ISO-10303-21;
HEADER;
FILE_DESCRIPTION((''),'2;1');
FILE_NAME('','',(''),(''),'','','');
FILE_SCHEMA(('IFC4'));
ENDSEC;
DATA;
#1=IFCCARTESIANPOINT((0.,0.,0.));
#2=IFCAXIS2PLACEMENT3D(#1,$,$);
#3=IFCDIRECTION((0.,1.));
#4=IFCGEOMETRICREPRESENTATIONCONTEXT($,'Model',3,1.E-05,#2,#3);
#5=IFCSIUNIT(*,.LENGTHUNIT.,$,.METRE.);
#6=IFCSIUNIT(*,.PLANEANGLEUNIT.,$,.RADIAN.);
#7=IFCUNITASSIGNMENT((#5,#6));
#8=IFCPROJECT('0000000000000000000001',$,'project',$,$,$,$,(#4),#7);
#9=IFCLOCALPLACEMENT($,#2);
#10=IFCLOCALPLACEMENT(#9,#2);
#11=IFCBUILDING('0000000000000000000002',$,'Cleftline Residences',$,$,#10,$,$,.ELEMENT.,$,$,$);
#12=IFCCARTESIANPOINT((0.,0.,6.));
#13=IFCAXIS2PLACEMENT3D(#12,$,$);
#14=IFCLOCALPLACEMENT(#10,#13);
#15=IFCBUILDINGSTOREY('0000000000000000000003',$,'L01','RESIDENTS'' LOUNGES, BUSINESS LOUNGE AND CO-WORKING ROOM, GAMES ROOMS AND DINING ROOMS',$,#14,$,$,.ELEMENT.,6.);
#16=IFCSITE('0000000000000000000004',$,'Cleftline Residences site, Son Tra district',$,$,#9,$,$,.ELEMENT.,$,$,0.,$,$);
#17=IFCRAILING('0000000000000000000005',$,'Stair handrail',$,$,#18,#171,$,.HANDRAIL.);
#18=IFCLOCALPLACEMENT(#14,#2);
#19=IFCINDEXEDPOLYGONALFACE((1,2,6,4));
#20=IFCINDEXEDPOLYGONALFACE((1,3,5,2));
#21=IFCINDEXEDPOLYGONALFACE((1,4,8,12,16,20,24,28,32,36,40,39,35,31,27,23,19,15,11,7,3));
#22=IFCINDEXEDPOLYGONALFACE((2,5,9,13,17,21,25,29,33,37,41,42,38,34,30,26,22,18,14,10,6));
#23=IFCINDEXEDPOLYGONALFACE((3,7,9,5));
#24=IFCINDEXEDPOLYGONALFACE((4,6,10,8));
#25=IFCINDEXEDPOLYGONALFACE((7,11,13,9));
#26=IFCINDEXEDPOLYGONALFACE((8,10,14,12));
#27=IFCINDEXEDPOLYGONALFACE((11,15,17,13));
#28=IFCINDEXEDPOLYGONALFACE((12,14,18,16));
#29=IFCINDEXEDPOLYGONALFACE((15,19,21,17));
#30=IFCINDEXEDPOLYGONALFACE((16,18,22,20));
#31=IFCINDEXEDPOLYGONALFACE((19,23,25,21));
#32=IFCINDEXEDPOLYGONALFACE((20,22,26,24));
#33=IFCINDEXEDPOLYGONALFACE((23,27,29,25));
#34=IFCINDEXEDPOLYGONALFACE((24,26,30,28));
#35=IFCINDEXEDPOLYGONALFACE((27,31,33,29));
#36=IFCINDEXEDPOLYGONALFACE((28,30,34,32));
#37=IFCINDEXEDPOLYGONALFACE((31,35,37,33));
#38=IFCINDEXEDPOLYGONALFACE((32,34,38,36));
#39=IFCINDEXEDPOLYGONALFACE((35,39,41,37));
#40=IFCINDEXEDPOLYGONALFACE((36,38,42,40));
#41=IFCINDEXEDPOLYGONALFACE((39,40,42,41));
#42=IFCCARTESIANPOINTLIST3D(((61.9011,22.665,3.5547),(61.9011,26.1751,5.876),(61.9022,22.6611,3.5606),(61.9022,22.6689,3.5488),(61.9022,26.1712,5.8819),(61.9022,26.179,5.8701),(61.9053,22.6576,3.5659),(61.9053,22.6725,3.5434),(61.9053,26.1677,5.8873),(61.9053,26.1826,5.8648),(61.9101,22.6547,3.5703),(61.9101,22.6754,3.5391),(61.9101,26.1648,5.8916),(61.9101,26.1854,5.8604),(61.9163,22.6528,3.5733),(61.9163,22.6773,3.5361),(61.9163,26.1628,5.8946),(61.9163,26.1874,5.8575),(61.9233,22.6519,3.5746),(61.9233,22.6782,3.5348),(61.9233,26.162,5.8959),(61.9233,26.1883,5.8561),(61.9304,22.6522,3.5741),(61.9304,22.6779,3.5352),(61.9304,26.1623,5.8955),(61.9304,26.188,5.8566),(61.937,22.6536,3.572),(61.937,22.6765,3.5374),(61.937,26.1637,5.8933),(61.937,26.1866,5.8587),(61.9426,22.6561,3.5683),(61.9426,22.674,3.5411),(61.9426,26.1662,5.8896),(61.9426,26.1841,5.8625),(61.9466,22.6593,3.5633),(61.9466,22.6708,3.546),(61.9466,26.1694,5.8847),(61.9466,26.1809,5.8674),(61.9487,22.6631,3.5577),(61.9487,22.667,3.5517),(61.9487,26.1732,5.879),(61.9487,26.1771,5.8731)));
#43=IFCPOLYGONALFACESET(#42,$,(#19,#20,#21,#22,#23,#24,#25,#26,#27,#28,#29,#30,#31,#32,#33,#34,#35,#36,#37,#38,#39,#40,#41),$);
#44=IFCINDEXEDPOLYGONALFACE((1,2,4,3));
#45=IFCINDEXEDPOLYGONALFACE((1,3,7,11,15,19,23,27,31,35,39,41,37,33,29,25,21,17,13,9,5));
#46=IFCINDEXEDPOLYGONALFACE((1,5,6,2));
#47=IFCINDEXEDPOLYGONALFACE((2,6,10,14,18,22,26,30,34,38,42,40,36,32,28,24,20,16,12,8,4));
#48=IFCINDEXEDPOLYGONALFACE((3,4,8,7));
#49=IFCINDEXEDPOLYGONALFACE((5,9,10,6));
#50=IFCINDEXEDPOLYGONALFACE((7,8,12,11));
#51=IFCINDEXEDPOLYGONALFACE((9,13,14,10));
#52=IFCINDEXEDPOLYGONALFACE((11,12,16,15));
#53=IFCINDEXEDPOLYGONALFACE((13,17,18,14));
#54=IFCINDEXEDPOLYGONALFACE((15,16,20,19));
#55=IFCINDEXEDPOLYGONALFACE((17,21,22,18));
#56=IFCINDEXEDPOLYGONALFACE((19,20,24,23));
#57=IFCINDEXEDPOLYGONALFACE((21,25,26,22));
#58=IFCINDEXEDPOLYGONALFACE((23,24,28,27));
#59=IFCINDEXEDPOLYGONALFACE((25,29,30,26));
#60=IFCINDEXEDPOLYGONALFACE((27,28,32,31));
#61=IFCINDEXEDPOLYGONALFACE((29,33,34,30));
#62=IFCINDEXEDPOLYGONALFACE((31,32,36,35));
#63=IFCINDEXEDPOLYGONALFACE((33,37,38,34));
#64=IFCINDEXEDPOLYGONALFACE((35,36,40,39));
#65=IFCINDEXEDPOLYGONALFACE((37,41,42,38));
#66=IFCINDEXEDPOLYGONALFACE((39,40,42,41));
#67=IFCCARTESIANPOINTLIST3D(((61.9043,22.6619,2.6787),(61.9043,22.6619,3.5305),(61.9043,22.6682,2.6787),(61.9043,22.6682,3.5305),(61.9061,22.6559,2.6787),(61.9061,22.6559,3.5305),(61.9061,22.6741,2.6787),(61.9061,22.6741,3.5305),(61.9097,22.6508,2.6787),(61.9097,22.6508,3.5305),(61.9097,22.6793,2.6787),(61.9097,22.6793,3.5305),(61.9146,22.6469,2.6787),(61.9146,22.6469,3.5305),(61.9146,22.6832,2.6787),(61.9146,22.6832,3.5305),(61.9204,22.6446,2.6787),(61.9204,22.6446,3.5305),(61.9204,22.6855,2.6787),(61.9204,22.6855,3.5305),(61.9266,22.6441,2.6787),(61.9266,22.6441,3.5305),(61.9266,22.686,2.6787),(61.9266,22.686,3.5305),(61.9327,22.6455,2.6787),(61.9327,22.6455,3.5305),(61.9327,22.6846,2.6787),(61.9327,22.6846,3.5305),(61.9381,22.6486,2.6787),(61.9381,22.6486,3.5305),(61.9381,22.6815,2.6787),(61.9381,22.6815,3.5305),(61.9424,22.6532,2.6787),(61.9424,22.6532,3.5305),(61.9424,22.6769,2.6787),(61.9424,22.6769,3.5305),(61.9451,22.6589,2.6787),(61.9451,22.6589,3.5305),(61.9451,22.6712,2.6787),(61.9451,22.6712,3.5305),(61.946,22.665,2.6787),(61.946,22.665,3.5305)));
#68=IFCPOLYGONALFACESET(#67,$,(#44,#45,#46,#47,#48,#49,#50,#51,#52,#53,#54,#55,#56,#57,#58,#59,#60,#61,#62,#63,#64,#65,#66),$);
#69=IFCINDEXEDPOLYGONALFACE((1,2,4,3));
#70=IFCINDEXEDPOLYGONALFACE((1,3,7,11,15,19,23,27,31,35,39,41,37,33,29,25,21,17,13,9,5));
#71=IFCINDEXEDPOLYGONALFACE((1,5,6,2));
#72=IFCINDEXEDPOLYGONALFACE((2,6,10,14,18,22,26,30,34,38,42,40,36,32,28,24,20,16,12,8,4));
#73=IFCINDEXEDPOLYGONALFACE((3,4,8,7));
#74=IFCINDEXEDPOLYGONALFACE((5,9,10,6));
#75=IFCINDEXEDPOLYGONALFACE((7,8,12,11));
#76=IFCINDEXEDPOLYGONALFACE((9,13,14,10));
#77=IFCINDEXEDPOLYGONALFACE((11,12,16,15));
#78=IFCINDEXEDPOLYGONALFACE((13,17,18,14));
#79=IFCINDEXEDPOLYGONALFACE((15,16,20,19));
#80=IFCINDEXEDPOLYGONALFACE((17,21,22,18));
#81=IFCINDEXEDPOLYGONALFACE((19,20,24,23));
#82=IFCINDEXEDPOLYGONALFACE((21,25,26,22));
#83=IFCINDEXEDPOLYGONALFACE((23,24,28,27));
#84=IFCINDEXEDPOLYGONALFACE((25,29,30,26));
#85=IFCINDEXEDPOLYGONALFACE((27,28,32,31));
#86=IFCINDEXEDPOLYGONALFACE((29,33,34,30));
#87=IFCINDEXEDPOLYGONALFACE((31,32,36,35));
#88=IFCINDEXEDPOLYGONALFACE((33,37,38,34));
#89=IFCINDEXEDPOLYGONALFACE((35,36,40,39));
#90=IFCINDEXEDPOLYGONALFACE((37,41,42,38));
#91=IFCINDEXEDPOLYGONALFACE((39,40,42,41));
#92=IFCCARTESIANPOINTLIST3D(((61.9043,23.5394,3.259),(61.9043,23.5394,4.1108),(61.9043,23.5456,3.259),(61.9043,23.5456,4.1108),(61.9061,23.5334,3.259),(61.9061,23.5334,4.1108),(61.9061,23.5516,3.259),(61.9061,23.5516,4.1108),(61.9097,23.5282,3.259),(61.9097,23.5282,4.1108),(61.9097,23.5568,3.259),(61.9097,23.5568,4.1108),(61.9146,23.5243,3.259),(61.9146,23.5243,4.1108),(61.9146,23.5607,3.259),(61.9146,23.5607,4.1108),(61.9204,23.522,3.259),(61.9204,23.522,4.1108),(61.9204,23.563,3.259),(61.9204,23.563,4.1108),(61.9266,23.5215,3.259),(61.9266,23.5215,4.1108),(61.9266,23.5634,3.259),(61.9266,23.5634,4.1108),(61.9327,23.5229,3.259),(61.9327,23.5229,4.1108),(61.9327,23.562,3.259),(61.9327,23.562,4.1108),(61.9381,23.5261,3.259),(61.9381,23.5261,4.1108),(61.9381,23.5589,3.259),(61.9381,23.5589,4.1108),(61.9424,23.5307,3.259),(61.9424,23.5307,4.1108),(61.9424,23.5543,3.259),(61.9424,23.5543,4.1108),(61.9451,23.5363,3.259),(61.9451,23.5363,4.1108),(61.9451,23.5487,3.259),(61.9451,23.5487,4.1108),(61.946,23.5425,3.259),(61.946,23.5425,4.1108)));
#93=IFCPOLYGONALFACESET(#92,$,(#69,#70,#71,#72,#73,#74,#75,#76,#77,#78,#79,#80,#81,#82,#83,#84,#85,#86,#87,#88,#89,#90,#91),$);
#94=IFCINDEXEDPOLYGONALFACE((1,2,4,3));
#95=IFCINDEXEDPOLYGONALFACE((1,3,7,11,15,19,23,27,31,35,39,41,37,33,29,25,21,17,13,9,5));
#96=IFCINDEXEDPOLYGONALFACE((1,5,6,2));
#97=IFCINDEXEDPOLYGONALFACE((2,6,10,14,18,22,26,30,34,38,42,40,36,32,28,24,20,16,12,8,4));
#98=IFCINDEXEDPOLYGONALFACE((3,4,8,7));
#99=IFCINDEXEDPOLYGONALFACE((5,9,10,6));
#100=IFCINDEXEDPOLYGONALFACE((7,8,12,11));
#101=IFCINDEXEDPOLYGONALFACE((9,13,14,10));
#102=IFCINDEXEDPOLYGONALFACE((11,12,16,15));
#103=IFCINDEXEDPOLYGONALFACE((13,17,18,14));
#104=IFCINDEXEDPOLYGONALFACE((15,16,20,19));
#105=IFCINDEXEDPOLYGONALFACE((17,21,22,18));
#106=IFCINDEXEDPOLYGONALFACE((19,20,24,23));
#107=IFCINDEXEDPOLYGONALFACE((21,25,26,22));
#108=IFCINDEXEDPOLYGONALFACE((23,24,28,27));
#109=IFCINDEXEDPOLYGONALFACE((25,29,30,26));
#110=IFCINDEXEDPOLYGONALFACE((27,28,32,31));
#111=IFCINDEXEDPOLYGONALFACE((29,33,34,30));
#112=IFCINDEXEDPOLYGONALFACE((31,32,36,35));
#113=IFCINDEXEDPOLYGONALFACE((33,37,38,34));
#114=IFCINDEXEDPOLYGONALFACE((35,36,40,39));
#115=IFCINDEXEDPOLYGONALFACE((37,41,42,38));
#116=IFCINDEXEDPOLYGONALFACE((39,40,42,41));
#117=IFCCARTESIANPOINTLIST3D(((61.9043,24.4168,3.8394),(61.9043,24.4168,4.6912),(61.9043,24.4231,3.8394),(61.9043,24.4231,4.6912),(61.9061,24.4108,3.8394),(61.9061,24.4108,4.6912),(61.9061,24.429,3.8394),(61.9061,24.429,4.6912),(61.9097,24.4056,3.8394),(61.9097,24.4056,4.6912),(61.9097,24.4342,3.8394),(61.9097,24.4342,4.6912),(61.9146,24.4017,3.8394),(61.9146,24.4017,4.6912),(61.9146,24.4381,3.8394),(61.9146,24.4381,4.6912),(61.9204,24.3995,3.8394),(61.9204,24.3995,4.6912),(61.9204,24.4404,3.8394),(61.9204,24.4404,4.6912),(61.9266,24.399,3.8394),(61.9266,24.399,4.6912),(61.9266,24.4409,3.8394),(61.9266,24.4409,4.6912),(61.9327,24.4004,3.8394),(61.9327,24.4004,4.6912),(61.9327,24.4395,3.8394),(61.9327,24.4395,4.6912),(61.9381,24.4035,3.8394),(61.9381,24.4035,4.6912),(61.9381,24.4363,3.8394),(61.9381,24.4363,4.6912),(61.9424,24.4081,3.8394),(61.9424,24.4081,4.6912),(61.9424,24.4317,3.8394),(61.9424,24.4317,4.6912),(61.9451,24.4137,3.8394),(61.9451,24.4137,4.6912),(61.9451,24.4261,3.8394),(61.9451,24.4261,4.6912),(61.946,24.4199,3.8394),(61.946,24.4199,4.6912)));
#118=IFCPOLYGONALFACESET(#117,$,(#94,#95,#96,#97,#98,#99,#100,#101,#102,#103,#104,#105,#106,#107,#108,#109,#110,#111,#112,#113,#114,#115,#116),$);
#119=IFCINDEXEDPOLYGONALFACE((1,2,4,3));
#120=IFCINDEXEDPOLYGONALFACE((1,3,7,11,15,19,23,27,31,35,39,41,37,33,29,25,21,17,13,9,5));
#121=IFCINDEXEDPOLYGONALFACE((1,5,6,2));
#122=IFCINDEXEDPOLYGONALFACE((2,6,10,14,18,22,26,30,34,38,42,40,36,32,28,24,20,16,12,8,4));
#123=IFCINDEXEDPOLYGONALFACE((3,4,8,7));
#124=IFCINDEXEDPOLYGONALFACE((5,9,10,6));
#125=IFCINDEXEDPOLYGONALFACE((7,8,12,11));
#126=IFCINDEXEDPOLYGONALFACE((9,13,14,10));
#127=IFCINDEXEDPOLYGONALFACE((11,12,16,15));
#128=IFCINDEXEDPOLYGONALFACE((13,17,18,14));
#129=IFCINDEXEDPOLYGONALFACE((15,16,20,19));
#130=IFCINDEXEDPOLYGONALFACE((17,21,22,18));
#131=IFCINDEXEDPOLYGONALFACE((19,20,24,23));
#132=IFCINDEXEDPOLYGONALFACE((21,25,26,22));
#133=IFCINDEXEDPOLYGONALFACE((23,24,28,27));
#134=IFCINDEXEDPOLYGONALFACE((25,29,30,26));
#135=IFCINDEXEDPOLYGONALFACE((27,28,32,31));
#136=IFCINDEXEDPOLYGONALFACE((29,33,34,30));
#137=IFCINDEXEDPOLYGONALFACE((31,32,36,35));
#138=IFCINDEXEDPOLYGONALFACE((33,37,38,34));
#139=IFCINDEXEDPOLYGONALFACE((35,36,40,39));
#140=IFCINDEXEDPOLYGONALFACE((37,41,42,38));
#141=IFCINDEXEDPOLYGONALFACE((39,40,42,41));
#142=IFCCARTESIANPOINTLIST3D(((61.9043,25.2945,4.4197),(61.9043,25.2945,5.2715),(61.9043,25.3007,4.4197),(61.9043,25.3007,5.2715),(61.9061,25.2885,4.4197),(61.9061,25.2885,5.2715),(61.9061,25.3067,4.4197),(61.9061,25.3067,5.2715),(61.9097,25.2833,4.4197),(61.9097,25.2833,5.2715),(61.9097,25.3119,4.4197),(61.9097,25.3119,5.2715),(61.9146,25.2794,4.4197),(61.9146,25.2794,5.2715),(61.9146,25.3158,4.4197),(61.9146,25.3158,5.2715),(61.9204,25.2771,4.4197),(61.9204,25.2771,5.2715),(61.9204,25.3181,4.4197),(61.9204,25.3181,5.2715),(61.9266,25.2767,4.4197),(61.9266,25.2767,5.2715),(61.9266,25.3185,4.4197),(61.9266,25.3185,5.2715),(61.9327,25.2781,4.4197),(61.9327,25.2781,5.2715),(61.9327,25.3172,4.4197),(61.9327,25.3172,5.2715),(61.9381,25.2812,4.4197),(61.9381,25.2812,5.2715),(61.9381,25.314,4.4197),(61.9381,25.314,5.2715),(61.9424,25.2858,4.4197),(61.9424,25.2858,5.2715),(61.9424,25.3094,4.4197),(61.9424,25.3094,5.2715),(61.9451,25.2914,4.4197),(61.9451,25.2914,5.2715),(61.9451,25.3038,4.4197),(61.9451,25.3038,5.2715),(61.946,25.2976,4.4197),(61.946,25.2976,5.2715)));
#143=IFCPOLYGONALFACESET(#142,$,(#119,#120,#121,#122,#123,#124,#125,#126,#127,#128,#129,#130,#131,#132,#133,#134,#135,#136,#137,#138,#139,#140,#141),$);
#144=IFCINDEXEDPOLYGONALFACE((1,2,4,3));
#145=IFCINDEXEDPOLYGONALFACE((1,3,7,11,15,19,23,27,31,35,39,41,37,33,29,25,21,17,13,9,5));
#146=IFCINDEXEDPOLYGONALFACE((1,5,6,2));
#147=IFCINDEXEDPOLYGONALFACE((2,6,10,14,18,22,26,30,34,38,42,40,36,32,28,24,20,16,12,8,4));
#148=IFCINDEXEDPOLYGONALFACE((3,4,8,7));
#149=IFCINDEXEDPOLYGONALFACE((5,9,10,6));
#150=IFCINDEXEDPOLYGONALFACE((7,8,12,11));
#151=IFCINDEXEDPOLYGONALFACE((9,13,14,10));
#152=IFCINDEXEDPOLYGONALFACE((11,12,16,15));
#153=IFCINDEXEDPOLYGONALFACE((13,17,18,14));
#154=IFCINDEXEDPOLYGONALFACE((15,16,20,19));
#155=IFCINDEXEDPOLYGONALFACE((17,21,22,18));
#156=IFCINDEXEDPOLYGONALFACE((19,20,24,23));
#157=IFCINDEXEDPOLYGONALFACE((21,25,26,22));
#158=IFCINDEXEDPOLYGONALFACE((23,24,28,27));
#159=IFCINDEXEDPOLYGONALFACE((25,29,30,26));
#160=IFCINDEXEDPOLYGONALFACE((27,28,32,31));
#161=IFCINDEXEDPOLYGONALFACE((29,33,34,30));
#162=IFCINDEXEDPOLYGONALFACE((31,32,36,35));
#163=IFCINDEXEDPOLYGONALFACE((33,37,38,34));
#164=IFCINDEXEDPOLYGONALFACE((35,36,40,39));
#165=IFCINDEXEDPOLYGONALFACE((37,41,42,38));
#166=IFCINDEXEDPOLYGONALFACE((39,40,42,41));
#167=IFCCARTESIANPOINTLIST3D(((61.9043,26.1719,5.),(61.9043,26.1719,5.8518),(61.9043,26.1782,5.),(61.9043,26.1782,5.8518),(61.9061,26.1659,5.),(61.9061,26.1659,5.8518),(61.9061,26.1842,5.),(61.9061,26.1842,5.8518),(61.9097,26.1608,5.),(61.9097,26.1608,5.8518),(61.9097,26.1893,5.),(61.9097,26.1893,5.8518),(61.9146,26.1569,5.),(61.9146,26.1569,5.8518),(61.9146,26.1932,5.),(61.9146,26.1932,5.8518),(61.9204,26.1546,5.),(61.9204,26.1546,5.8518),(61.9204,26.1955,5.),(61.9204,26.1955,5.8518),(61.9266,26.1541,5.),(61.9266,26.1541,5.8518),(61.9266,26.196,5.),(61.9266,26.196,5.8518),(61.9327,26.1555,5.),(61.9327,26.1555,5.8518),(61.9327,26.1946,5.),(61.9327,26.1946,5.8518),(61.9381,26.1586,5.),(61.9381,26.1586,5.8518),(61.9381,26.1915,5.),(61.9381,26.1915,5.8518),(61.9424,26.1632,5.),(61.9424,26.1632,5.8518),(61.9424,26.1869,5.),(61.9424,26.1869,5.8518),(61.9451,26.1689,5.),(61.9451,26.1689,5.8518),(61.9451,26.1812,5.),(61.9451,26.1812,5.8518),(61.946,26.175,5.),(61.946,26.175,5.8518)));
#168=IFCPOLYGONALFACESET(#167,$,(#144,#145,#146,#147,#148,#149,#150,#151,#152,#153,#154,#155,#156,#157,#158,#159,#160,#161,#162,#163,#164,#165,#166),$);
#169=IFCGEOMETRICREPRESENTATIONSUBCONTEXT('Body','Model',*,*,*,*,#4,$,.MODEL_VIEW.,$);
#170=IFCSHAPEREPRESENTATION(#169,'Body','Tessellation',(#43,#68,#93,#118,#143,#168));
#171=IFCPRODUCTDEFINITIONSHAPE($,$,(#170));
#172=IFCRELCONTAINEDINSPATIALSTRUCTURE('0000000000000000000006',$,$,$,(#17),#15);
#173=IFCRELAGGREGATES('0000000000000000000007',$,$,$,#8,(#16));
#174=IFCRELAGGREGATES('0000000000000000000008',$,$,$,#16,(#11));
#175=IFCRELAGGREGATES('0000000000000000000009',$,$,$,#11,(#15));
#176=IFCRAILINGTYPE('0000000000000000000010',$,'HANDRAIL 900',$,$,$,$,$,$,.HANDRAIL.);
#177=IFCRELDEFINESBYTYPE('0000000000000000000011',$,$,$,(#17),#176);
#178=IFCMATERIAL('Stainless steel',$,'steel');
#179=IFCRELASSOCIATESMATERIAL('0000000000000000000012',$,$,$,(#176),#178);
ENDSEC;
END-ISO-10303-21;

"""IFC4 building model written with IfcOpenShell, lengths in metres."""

from ifc_helpers import new_model, si_unit, direction, frame, origin, origin_2d, place, context, subcontext, project, spatial, circle, extrude, material, type_object, element, save


model = new_model("IFC4")

# Units and contexts
model_context = context("Model", 3, precision=1e-05, world=origin(), true_north=direction((0.0, 1.0)))
body_context = subcontext(model_context, "Body", "Model", "MODEL_VIEW")
ifc_project = project(units=[si_unit("LENGTHUNIT", "METRE"), si_unit("PLANEANGLEUNIT", "RADIAN")], contexts=[model_context])

# Site, building, storey
site_placement = place(None, origin())
site = spatial("IfcSite", under=ifc_project, at=site_placement, Name="Cleftline Residences site, Son Tra district", CompositionType="ELEMENT", RefElevation=0.0)
building_placement = place(site_placement, origin())
building = spatial("IfcBuilding", under=site, at=building_placement, Name="Cleftline Residences", CompositionType="ELEMENT")
storey_placement = place(building_placement, frame((0.0, 0.0, 6.0)))
storey = spatial("IfcBuildingStorey", under=building, at=storey_placement, Name="L01", Description="RESIDENTS' LOUNGES, BUSINESS LOUNGE AND CO-WORKING ROOM, GAMES ROOMS AND DINING ROOMS", CompositionType="ELEMENT", Elevation=6.0)

# Railing
ifc_material_1 = material(Name="Stainless steel", Category="steel")
railing_type = type_object("IfcRailingType", Name="HANDRAIL 900", PredefinedType="HANDRAIL", material=ifc_material_1)
railing_1_placement = place(storey_placement, frame((61.925, 22.665, 2.6787)))
element("IfcRailing", 1, at=railing_1_placement, inside=storey, type_object=railing_type, Name="Stair handrail", PredefinedType="HANDRAIL", context=body_context, shape_type="SweptSolid", body=[
    extrude(circle(Radius=0.0239, at=origin_2d()), frame((0.0, 0.0, 0.876), z_axis=(0.0, 0.834097, 0.551617), x_axis=(-1.0, 0.0, 0.0)), (0.0, 0.0, 1.0), 4.2083),
    extrude(circle(Radius=0.021, at=origin_2d()), origin(), (0.0, 0.0, 1.0), 0.8518),
    extrude(circle(Radius=0.021, at=origin_2d()), frame((0.0, 0.8774, 0.5803)), (0.0, 0.0, 1.0), 0.8518),
    extrude(circle(Radius=0.021, at=origin_2d()), frame((0.0, 1.7549, 1.1606)), (0.0, 0.0, 1.0), 0.8518),
    extrude(circle(Radius=0.021, at=origin_2d()), frame((0.0, 2.6326, 1.741)), (0.0, 0.0, 1.0), 0.8518),
    extrude(circle(Radius=0.021, at=origin_2d()), frame((0.0, 3.51, 2.3213)), (0.0, 0.0, 1.0), 0.8518),
])

save(model, "model.ifc")
